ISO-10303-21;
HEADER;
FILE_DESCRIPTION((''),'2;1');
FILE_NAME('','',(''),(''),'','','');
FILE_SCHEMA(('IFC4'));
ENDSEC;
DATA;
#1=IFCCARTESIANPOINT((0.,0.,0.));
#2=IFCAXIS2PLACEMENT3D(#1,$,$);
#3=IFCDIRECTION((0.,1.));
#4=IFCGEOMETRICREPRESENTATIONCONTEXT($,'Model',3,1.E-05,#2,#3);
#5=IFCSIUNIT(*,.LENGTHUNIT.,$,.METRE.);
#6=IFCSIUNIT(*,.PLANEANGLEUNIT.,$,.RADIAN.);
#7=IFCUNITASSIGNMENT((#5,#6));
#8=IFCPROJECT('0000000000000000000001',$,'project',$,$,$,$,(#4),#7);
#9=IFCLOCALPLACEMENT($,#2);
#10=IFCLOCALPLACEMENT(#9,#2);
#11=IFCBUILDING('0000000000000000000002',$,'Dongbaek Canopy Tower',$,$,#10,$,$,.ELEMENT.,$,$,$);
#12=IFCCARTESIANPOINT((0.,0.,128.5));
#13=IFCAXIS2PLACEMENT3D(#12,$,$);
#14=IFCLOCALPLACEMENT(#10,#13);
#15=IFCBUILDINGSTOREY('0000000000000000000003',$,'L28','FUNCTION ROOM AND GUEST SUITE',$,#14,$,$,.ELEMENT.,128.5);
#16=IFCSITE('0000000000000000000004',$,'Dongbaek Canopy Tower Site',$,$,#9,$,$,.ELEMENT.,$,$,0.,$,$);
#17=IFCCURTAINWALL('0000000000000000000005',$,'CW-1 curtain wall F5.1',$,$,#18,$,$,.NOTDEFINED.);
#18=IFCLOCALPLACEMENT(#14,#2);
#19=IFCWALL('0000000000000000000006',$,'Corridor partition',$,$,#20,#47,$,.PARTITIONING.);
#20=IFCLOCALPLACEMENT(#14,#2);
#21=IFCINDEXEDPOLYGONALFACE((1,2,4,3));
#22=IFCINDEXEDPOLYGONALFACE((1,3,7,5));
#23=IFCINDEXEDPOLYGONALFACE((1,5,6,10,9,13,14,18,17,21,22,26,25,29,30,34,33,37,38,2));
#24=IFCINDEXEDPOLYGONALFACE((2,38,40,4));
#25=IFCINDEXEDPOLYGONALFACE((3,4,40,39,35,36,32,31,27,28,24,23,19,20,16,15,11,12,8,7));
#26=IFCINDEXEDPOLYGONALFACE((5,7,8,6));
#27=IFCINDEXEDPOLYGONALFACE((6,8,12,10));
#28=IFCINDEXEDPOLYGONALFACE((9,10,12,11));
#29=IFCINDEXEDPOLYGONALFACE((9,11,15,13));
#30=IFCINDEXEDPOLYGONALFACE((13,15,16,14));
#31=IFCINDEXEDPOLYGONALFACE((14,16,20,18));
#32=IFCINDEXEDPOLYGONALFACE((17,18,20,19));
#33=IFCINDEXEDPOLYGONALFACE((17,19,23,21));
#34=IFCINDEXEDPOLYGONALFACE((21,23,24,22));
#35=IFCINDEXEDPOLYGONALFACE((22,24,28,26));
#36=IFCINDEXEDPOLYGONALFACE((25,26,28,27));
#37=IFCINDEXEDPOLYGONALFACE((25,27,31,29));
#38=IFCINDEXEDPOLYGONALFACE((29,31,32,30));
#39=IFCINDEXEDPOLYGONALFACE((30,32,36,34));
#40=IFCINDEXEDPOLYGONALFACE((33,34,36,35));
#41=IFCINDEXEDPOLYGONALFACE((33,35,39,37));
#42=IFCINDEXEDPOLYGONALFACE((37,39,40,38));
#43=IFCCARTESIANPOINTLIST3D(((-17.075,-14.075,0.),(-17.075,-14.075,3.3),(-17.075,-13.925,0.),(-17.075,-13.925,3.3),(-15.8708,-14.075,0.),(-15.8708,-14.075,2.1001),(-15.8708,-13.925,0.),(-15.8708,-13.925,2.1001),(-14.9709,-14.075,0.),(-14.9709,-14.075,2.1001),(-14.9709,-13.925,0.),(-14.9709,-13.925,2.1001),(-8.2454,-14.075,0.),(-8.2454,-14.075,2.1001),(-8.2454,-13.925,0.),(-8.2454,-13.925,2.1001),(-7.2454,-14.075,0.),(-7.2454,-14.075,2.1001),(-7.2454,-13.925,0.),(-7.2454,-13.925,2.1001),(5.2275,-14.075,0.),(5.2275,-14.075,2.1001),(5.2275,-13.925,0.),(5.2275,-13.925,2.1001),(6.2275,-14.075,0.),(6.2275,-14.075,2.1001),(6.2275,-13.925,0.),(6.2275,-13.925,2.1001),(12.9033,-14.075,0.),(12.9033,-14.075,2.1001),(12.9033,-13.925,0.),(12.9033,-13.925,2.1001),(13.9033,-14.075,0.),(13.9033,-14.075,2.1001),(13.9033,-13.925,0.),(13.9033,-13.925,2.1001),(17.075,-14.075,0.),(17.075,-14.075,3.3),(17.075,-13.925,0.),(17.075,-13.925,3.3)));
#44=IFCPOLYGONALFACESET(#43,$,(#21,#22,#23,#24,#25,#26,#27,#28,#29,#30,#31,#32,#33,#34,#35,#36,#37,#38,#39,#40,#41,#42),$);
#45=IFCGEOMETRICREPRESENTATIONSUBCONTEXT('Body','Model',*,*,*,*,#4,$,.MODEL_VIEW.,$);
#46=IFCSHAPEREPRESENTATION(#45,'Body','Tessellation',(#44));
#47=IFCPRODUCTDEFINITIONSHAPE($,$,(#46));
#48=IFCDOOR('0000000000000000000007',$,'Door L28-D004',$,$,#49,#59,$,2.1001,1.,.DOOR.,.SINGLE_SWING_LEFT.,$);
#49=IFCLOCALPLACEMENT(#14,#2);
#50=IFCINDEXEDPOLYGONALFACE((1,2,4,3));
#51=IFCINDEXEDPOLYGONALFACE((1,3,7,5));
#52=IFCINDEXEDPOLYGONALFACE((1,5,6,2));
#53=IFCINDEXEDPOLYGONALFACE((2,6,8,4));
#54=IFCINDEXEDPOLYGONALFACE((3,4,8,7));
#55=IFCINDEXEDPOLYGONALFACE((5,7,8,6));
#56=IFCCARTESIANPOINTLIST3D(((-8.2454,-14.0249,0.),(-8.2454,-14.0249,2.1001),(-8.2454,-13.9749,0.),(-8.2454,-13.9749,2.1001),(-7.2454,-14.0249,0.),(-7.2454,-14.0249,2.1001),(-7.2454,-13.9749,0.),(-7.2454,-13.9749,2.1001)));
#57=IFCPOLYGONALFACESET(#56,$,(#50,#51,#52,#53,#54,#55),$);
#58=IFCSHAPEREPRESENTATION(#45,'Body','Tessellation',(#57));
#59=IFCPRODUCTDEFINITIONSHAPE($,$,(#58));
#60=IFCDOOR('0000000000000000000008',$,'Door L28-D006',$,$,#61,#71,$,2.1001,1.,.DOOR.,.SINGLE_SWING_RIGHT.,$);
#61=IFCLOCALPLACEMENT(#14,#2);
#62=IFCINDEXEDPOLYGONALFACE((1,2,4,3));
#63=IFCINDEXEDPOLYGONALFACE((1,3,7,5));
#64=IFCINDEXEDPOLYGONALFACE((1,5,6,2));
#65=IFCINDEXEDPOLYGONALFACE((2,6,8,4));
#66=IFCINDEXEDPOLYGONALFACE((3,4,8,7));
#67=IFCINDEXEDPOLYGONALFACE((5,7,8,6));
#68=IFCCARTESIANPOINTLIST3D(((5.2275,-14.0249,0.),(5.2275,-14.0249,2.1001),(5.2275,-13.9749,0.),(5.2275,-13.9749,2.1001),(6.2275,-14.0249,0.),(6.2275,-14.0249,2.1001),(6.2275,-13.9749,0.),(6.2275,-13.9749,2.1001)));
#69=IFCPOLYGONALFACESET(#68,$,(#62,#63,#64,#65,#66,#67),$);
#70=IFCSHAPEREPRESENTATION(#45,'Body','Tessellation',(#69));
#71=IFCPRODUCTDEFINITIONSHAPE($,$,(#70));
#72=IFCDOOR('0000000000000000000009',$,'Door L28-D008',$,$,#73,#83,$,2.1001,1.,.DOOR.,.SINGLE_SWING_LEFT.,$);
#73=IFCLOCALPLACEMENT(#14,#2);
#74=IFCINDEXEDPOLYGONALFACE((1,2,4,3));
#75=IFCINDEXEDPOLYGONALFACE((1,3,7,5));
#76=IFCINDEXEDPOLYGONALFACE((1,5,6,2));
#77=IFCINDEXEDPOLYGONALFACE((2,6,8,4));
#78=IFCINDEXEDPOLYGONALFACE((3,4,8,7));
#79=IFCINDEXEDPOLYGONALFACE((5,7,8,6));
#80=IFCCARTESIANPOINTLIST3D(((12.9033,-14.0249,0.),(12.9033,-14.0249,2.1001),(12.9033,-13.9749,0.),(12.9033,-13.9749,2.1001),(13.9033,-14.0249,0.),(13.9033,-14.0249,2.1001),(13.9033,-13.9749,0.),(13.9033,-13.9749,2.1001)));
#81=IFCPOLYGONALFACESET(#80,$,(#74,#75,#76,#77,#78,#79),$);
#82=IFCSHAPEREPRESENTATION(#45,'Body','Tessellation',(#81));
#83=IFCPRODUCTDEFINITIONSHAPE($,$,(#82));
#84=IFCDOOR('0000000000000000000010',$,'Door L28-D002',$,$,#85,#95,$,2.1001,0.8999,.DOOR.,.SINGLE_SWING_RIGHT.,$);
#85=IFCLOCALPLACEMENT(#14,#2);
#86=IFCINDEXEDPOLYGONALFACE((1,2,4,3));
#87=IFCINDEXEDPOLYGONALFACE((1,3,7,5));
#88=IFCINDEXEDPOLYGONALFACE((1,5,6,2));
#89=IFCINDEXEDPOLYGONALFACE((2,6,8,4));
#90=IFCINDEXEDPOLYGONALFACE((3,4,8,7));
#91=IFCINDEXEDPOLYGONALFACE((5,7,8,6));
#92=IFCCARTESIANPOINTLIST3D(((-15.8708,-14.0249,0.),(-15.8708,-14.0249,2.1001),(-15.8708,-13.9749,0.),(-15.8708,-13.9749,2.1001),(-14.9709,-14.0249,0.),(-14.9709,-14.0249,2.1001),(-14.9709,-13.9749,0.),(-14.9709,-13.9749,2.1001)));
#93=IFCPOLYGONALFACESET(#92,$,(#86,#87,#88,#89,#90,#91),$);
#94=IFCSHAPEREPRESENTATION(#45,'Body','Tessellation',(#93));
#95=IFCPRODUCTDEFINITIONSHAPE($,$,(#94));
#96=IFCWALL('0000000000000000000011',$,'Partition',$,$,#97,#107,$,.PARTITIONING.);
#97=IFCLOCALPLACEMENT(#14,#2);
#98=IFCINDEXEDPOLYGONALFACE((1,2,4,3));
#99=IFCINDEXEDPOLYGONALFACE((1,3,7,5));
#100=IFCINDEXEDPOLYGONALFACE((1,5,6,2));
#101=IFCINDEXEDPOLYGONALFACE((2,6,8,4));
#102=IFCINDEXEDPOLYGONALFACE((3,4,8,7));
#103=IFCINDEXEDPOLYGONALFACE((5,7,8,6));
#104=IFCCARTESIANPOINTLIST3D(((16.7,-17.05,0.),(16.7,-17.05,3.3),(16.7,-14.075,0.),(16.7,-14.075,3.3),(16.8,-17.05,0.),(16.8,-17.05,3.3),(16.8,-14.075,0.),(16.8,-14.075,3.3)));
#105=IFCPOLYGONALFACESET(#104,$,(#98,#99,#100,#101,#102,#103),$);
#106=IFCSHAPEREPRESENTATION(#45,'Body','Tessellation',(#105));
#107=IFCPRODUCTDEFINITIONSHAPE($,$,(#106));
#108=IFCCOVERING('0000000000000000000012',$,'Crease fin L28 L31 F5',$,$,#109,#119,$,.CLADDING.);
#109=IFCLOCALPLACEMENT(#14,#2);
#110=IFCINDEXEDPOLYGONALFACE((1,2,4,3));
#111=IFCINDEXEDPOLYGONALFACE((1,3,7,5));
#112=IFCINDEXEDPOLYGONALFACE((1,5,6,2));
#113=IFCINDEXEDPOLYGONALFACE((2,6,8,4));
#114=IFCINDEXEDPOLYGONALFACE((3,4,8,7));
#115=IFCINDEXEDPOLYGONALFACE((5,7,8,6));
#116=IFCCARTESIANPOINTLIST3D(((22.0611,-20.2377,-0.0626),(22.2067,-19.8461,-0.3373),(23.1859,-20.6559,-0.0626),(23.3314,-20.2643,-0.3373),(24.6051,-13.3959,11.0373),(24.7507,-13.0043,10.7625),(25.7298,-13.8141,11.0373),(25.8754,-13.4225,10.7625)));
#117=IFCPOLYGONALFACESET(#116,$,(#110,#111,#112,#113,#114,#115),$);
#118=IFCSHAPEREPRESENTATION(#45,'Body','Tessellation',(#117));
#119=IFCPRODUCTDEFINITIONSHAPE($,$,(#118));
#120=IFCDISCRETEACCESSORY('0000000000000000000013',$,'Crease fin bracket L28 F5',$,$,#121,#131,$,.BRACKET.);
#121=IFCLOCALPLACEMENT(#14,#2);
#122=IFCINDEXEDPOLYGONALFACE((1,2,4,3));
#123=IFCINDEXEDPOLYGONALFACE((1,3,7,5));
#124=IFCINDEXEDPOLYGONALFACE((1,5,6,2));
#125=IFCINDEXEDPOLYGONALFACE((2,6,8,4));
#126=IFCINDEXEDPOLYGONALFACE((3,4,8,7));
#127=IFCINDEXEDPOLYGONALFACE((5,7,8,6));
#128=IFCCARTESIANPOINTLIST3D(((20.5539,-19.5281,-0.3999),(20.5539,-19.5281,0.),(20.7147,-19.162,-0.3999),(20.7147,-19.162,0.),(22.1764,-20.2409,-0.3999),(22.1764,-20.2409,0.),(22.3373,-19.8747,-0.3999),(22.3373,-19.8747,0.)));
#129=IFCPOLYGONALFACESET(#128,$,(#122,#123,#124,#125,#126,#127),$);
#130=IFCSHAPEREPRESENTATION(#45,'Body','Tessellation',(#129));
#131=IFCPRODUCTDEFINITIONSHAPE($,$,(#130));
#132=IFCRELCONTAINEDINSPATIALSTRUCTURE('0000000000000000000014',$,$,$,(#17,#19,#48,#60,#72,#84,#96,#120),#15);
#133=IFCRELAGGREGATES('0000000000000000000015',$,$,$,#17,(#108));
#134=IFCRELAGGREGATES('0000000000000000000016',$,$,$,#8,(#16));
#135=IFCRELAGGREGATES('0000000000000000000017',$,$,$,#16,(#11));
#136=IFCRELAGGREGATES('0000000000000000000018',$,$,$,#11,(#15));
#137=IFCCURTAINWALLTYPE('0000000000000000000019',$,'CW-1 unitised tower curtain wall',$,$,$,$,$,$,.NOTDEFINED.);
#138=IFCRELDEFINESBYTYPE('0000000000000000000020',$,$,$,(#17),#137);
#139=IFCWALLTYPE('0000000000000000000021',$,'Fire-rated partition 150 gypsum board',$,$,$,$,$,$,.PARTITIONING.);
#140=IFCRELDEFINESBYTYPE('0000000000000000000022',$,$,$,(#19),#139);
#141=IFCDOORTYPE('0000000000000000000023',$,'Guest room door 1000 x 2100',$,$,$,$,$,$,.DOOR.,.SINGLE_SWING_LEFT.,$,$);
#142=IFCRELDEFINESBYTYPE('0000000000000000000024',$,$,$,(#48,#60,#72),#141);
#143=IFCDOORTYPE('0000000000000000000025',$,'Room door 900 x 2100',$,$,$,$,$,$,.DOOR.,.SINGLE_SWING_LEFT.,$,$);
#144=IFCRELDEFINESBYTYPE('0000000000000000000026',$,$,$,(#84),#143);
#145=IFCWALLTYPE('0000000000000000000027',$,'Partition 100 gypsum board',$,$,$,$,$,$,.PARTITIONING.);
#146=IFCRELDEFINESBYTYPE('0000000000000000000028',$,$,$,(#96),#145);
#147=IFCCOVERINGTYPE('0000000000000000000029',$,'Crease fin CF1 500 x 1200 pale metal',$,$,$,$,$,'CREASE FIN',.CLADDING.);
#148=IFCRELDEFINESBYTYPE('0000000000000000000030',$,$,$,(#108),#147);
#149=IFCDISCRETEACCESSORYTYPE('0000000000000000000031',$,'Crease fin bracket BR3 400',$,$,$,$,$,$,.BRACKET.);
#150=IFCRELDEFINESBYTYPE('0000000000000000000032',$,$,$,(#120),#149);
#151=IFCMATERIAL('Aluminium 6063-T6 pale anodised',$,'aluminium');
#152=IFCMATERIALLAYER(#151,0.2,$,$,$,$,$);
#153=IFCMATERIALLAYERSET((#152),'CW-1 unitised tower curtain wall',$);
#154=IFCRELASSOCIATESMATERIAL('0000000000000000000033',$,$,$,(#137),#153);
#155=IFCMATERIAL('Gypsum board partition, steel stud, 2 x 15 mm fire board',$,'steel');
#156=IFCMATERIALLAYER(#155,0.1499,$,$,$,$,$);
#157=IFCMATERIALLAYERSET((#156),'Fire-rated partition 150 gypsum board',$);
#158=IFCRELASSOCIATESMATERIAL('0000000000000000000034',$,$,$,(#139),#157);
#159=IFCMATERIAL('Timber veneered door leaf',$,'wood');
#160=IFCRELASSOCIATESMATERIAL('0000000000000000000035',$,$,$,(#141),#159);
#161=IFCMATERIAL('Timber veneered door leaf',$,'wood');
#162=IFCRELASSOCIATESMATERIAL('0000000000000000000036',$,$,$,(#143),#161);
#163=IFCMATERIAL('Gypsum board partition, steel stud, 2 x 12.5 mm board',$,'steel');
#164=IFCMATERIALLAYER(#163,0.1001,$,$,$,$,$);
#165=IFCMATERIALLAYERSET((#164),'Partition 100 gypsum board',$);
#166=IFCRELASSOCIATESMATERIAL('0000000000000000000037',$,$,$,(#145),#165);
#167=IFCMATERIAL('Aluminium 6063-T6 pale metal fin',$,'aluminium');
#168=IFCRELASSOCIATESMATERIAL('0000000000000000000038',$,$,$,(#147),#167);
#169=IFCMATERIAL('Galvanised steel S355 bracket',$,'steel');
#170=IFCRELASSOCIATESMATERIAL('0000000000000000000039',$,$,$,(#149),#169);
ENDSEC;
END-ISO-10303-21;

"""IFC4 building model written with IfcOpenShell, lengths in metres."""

from ifc_helpers import new_model, si_unit, direction, frame, frame_2d, origin, origin_2d, place, context, subcontext, project, spatial, rectangle, extrude, material, layer, layer_set, material_profile, profile_set, type_object, element, fill, aggregate, save


model = new_model("IFC4")

# Units and contexts
model_context = context("Model", 3, precision=1e-05, world=origin(), true_north=direction((0.0, 1.0)))
body_context = subcontext(model_context, "Body", "Model", "MODEL_VIEW")
ifc_project = project(units=[si_unit("LENGTHUNIT", "METRE"), si_unit("PLANEANGLEUNIT", "RADIAN")], contexts=[model_context])

# Site, building, storey
site_placement = place(None, origin())
site = spatial("IfcSite", under=ifc_project, at=site_placement, Name="Dongbaek Canopy Tower Site", CompositionType="ELEMENT", RefElevation=0.0)
building_placement = place(site_placement, origin())
building = spatial("IfcBuilding", under=site, at=building_placement, Name="Dongbaek Canopy Tower", CompositionType="ELEMENT")
storey_placement = place(building_placement, frame((0.0, 0.0, 128.5)))
storey = spatial("IfcBuildingStorey", under=building, at=storey_placement, Name="L28", Description="FUNCTION ROOM AND GUEST SUITE", CompositionType="ELEMENT", Elevation=128.5)

# Curtain wall
ifc_material_1 = material(Name="Aluminium 6063-T6 pale anodised", Category="aluminium")
ifc_layer_1 = layer(ifc_material_1, 0.2)
ifc_layer_set_1 = layer_set([ifc_layer_1], Name="CW-1 unitised tower curtain wall")
curtain_wall_type = type_object("IfcCurtainWallType", Name="CW-1 unitised tower curtain wall", PredefinedType="NOTDEFINED", material=ifc_layer_set_1)
curtain_wall_placement = place(storey_placement, origin())
curtain_wall = element("IfcCurtainWall", 1, at=curtain_wall_placement, inside=storey, type_object=curtain_wall_type, Name="CW-1 curtain wall F5.1", PredefinedType="NOTDEFINED")

# Wall, openings, doors
ifc_material_2 = material(Name="Gypsum board partition, steel stud, 2 x 15 mm fire board", Category="steel")
ifc_layer_2 = layer(ifc_material_2, 0.1499)
ifc_layer_set_2 = layer_set([ifc_layer_2], Name="Fire-rated partition 150 gypsum board")
wall_type_1 = type_object("IfcWallType", Name="Fire-rated partition 150 gypsum board", PredefinedType="PARTITIONING", material=ifc_layer_set_2)
wall_1_placement = place(storey_placement, frame((17.075, -14.0, 0.0), z_axis=(0.0, 0.0, 1.0), x_axis=(-1.0, 0.0, 0.0)))
wall_1 = element("IfcWall", 2, at=wall_1_placement, inside=storey, type_object=wall_type_1, Name="Corridor partition", PredefinedType="PARTITIONING", context=body_context, shape_type="SweptSolid", body=[
    extrude(rectangle(XDim=34.1499, YDim=0.1499, at=frame_2d((17.075, 0.0))), origin(), (0.0, 0.0, 1.0), 3.3),
])
opening_1_placement = place(wall_1_placement, frame((32.0459, 0.0, 0.0)))
opening_1 = element("IfcOpeningElement", 3, at=opening_1_placement, cuts=wall_1, PredefinedType="OPENING", context=body_context, shape_type="SweptSolid", body=[
    extrude(rectangle(XDim=0.8999, YDim=2.1001, at=frame_2d((0.45, 1.05))), frame((0.0, 0.085, 0.0), z_axis=(0.0, -1.0, 0.0), x_axis=(1.0, 0.0, 0.0)), (0.0, 0.0, 1.0), 0.1699),
])
opening_2_placement = place(wall_1_placement, frame((24.3203, 0.0, 0.0)))
opening_2 = element("IfcOpeningElement", 4, at=opening_2_placement, cuts=wall_1, PredefinedType="OPENING", context=body_context, shape_type="SweptSolid", body=[
    extrude(rectangle(XDim=1.0, YDim=2.1001, at=frame_2d((0.5, 1.05))), frame((0.0, 0.085, 0.0), z_axis=(0.0, -1.0, 0.0), x_axis=(1.0, 0.0, 0.0)), (0.0, 0.0, 1.0), 0.1699),
])
opening_3_placement = place(wall_1_placement, frame((10.8474, 0.0, 0.0)))
opening_3 = element("IfcOpeningElement", 5, at=opening_3_placement, cuts=wall_1, PredefinedType="OPENING", context=body_context, shape_type="SweptSolid", body=[
    extrude(rectangle(XDim=1.0, YDim=2.1001, at=frame_2d((0.5, 1.05))), frame((0.0, 0.085, 0.0), z_axis=(0.0, -1.0, 0.0), x_axis=(1.0, 0.0, 0.0)), (0.0, 0.0, 1.0), 0.1699),
])
opening_4_placement = place(wall_1_placement, frame((3.1716, 0.0, 0.0)))
opening_4 = element("IfcOpeningElement", 6, at=opening_4_placement, cuts=wall_1, PredefinedType="OPENING", context=body_context, shape_type="SweptSolid", body=[
    extrude(rectangle(XDim=1.0, YDim=2.1001, at=frame_2d((0.5, 1.05))), frame((0.0, 0.085, 0.0), z_axis=(0.0, -1.0, 0.0), x_axis=(1.0, 0.0, 0.0)), (0.0, 0.0, 1.0), 0.1699),
])
ifc_material_3 = material(Name="Timber veneered door leaf", Category="wood")
door_type_1 = type_object("IfcDoorType", Name="Guest room door 1000 x 2100", OperationType="SINGLE_SWING_LEFT", PredefinedType="DOOR", material=ifc_material_3)
door_1_placement = place(opening_2_placement, origin())
door_1 = element("IfcDoor", 7, at=door_1_placement, inside=storey, type_object=door_type_1, Name="Door L28-D004", OperationType="SINGLE_SWING_LEFT", OverallHeight=2.1001, OverallWidth=1.0, PredefinedType="DOOR", context=body_context, shape_type="SweptSolid", body=[
    extrude(rectangle(XDim=1.0, YDim=2.1001, at=frame_2d((0.5, 1.05))), frame((0.0, 0.0249, 0.0), z_axis=(0.0, -1.0, 0.0), x_axis=(1.0, 0.0, 0.0)), (0.0, 0.0, 1.0), 0.05),
])
fill(opening_2, door_1)
door_2_placement = place(opening_3_placement, origin())
door_2 = element("IfcDoor", 8, at=door_2_placement, inside=storey, type_object=door_type_1, Name="Door L28-D006", OperationType="SINGLE_SWING_RIGHT", OverallHeight=2.1001, OverallWidth=1.0, PredefinedType="DOOR", context=body_context, shape_type="SweptSolid", body=[
    extrude(rectangle(XDim=1.0, YDim=2.1001, at=frame_2d((0.5, 1.05))), frame((0.0, 0.0249, 0.0), z_axis=(0.0, -1.0, 0.0), x_axis=(1.0, 0.0, 0.0)), (0.0, 0.0, 1.0), 0.05),
])
fill(opening_3, door_2)
door_3_placement = place(opening_4_placement, origin())
door_3 = element("IfcDoor", 9, at=door_3_placement, inside=storey, type_object=door_type_1, Name="Door L28-D008", OperationType="SINGLE_SWING_LEFT", OverallHeight=2.1001, OverallWidth=1.0, PredefinedType="DOOR", context=body_context, shape_type="SweptSolid", body=[
    extrude(rectangle(XDim=1.0, YDim=2.1001, at=frame_2d((0.5, 1.05))), frame((0.0, 0.0249, 0.0), z_axis=(0.0, -1.0, 0.0), x_axis=(1.0, 0.0, 0.0)), (0.0, 0.0, 1.0), 0.05),
])
fill(opening_4, door_3)
ifc_material_4 = material(Name="Timber veneered door leaf", Category="wood")
door_type_2 = type_object("IfcDoorType", Name="Room door 900 x 2100", OperationType="SINGLE_SWING_LEFT", PredefinedType="DOOR", material=ifc_material_4)
door_4_placement = place(opening_1_placement, origin())
door_4 = element("IfcDoor", 10, at=door_4_placement, inside=storey, type_object=door_type_2, Name="Door L28-D002", OperationType="SINGLE_SWING_RIGHT", OverallHeight=2.1001, OverallWidth=0.8999, PredefinedType="DOOR", context=body_context, shape_type="SweptSolid", body=[
    extrude(rectangle(XDim=0.8999, YDim=2.1001, at=frame_2d((0.45, 1.05))), frame((0.0, 0.0249, 0.0), z_axis=(0.0, -1.0, 0.0), x_axis=(1.0, 0.0, 0.0)), (0.0, 0.0, 1.0), 0.05),
])
fill(opening_1, door_4)

# Wall
ifc_material_5 = material(Name="Gypsum board partition, steel stud, 2 x 12.5 mm board", Category="steel")
ifc_layer_3 = layer(ifc_material_5, 0.1001)
ifc_layer_set_3 = layer_set([ifc_layer_3], Name="Partition 100 gypsum board")
wall_type_2 = type_object("IfcWallType", Name="Partition 100 gypsum board", PredefinedType="PARTITIONING", material=ifc_layer_set_3)
wall_2_placement = place(storey_placement, frame((16.75, -17.05, 0.0), z_axis=(0.0, 0.0, 1.0), x_axis=(0.0, 1.0, 0.0)))
element("IfcWall", 11, at=wall_2_placement, inside=storey, type_object=wall_type_2, Name="Partition", PredefinedType="PARTITIONING", context=body_context, shape_type="SweptSolid", body=[
    extrude(rectangle(XDim=2.9751, YDim=0.1001, at=frame_2d((1.4875, 0.0))), origin(), (0.0, 0.0, 1.0), 3.3),
])

# Covering
ifc_material_6 = material(Name="Aluminium 6063-T6 pale metal fin", Category="aluminium")
ifc_material_profile_1 = material_profile(ifc_material_6, rectangle(XDim=1.2, YDim=0.5, at=origin_2d()), Name="Crease fin CF1 500 x 1200 pale metal")
ifc_profile_set_1 = profile_set([ifc_material_profile_1], Name="Aluminium 6063-T6 pale metal fin")
covering_type = type_object("IfcCoveringType", Name="Crease fin CF1 500 x 1200 pale metal", ElementType="CREASE FIN", PredefinedType="CLADDING", material=ifc_profile_set_1)
covering_placement = place(storey_placement, frame((22.6963, -20.251, -0.2), z_axis=(0.191491, 0.515005, 0.835524), x_axis=(-0.937304, 0.348512, 0.0)))
covering = element("IfcCovering", 12, at=covering_placement, type_object=covering_type, Name="Crease fin L28 L31 F5", PredefinedType="CLADDING", context=body_context, shape_type="SweptSolid", body=[
    extrude(rectangle(XDim=1.2, YDim=0.5, at=origin_2d()), origin(), (0.0, 0.0, 1.0), 13.2849),
])
aggregate(curtain_wall, [covering])

# Discrete accessory
ifc_material_7 = material(Name="Galvanised steel S355 bracket", Category="steel")
discrete_accessory_type = type_object("IfcDiscreteAccessoryType", Name="Crease fin bracket BR3 400", PredefinedType="BRACKET", material=ifc_material_7)
discrete_accessory_placement = place(storey_placement, frame((21.4456, -19.7014, -0.3999), z_axis=(0.0, 0.0, 1.0), x_axis=(0.915562, -0.402176, 0.0)))
element("IfcDiscreteAccessory", 13, at=discrete_accessory_placement, inside=storey, type_object=discrete_accessory_type, Name="Crease fin bracket L28 F5", PredefinedType="BRACKET", context=body_context, shape_type="SweptSolid", body=[
    extrude(rectangle(XDim=1.7722, YDim=0.3999, at=origin_2d()), origin(), (0.0, 0.0, 1.0), 0.3999),
])

save(model, "model.ifc")
